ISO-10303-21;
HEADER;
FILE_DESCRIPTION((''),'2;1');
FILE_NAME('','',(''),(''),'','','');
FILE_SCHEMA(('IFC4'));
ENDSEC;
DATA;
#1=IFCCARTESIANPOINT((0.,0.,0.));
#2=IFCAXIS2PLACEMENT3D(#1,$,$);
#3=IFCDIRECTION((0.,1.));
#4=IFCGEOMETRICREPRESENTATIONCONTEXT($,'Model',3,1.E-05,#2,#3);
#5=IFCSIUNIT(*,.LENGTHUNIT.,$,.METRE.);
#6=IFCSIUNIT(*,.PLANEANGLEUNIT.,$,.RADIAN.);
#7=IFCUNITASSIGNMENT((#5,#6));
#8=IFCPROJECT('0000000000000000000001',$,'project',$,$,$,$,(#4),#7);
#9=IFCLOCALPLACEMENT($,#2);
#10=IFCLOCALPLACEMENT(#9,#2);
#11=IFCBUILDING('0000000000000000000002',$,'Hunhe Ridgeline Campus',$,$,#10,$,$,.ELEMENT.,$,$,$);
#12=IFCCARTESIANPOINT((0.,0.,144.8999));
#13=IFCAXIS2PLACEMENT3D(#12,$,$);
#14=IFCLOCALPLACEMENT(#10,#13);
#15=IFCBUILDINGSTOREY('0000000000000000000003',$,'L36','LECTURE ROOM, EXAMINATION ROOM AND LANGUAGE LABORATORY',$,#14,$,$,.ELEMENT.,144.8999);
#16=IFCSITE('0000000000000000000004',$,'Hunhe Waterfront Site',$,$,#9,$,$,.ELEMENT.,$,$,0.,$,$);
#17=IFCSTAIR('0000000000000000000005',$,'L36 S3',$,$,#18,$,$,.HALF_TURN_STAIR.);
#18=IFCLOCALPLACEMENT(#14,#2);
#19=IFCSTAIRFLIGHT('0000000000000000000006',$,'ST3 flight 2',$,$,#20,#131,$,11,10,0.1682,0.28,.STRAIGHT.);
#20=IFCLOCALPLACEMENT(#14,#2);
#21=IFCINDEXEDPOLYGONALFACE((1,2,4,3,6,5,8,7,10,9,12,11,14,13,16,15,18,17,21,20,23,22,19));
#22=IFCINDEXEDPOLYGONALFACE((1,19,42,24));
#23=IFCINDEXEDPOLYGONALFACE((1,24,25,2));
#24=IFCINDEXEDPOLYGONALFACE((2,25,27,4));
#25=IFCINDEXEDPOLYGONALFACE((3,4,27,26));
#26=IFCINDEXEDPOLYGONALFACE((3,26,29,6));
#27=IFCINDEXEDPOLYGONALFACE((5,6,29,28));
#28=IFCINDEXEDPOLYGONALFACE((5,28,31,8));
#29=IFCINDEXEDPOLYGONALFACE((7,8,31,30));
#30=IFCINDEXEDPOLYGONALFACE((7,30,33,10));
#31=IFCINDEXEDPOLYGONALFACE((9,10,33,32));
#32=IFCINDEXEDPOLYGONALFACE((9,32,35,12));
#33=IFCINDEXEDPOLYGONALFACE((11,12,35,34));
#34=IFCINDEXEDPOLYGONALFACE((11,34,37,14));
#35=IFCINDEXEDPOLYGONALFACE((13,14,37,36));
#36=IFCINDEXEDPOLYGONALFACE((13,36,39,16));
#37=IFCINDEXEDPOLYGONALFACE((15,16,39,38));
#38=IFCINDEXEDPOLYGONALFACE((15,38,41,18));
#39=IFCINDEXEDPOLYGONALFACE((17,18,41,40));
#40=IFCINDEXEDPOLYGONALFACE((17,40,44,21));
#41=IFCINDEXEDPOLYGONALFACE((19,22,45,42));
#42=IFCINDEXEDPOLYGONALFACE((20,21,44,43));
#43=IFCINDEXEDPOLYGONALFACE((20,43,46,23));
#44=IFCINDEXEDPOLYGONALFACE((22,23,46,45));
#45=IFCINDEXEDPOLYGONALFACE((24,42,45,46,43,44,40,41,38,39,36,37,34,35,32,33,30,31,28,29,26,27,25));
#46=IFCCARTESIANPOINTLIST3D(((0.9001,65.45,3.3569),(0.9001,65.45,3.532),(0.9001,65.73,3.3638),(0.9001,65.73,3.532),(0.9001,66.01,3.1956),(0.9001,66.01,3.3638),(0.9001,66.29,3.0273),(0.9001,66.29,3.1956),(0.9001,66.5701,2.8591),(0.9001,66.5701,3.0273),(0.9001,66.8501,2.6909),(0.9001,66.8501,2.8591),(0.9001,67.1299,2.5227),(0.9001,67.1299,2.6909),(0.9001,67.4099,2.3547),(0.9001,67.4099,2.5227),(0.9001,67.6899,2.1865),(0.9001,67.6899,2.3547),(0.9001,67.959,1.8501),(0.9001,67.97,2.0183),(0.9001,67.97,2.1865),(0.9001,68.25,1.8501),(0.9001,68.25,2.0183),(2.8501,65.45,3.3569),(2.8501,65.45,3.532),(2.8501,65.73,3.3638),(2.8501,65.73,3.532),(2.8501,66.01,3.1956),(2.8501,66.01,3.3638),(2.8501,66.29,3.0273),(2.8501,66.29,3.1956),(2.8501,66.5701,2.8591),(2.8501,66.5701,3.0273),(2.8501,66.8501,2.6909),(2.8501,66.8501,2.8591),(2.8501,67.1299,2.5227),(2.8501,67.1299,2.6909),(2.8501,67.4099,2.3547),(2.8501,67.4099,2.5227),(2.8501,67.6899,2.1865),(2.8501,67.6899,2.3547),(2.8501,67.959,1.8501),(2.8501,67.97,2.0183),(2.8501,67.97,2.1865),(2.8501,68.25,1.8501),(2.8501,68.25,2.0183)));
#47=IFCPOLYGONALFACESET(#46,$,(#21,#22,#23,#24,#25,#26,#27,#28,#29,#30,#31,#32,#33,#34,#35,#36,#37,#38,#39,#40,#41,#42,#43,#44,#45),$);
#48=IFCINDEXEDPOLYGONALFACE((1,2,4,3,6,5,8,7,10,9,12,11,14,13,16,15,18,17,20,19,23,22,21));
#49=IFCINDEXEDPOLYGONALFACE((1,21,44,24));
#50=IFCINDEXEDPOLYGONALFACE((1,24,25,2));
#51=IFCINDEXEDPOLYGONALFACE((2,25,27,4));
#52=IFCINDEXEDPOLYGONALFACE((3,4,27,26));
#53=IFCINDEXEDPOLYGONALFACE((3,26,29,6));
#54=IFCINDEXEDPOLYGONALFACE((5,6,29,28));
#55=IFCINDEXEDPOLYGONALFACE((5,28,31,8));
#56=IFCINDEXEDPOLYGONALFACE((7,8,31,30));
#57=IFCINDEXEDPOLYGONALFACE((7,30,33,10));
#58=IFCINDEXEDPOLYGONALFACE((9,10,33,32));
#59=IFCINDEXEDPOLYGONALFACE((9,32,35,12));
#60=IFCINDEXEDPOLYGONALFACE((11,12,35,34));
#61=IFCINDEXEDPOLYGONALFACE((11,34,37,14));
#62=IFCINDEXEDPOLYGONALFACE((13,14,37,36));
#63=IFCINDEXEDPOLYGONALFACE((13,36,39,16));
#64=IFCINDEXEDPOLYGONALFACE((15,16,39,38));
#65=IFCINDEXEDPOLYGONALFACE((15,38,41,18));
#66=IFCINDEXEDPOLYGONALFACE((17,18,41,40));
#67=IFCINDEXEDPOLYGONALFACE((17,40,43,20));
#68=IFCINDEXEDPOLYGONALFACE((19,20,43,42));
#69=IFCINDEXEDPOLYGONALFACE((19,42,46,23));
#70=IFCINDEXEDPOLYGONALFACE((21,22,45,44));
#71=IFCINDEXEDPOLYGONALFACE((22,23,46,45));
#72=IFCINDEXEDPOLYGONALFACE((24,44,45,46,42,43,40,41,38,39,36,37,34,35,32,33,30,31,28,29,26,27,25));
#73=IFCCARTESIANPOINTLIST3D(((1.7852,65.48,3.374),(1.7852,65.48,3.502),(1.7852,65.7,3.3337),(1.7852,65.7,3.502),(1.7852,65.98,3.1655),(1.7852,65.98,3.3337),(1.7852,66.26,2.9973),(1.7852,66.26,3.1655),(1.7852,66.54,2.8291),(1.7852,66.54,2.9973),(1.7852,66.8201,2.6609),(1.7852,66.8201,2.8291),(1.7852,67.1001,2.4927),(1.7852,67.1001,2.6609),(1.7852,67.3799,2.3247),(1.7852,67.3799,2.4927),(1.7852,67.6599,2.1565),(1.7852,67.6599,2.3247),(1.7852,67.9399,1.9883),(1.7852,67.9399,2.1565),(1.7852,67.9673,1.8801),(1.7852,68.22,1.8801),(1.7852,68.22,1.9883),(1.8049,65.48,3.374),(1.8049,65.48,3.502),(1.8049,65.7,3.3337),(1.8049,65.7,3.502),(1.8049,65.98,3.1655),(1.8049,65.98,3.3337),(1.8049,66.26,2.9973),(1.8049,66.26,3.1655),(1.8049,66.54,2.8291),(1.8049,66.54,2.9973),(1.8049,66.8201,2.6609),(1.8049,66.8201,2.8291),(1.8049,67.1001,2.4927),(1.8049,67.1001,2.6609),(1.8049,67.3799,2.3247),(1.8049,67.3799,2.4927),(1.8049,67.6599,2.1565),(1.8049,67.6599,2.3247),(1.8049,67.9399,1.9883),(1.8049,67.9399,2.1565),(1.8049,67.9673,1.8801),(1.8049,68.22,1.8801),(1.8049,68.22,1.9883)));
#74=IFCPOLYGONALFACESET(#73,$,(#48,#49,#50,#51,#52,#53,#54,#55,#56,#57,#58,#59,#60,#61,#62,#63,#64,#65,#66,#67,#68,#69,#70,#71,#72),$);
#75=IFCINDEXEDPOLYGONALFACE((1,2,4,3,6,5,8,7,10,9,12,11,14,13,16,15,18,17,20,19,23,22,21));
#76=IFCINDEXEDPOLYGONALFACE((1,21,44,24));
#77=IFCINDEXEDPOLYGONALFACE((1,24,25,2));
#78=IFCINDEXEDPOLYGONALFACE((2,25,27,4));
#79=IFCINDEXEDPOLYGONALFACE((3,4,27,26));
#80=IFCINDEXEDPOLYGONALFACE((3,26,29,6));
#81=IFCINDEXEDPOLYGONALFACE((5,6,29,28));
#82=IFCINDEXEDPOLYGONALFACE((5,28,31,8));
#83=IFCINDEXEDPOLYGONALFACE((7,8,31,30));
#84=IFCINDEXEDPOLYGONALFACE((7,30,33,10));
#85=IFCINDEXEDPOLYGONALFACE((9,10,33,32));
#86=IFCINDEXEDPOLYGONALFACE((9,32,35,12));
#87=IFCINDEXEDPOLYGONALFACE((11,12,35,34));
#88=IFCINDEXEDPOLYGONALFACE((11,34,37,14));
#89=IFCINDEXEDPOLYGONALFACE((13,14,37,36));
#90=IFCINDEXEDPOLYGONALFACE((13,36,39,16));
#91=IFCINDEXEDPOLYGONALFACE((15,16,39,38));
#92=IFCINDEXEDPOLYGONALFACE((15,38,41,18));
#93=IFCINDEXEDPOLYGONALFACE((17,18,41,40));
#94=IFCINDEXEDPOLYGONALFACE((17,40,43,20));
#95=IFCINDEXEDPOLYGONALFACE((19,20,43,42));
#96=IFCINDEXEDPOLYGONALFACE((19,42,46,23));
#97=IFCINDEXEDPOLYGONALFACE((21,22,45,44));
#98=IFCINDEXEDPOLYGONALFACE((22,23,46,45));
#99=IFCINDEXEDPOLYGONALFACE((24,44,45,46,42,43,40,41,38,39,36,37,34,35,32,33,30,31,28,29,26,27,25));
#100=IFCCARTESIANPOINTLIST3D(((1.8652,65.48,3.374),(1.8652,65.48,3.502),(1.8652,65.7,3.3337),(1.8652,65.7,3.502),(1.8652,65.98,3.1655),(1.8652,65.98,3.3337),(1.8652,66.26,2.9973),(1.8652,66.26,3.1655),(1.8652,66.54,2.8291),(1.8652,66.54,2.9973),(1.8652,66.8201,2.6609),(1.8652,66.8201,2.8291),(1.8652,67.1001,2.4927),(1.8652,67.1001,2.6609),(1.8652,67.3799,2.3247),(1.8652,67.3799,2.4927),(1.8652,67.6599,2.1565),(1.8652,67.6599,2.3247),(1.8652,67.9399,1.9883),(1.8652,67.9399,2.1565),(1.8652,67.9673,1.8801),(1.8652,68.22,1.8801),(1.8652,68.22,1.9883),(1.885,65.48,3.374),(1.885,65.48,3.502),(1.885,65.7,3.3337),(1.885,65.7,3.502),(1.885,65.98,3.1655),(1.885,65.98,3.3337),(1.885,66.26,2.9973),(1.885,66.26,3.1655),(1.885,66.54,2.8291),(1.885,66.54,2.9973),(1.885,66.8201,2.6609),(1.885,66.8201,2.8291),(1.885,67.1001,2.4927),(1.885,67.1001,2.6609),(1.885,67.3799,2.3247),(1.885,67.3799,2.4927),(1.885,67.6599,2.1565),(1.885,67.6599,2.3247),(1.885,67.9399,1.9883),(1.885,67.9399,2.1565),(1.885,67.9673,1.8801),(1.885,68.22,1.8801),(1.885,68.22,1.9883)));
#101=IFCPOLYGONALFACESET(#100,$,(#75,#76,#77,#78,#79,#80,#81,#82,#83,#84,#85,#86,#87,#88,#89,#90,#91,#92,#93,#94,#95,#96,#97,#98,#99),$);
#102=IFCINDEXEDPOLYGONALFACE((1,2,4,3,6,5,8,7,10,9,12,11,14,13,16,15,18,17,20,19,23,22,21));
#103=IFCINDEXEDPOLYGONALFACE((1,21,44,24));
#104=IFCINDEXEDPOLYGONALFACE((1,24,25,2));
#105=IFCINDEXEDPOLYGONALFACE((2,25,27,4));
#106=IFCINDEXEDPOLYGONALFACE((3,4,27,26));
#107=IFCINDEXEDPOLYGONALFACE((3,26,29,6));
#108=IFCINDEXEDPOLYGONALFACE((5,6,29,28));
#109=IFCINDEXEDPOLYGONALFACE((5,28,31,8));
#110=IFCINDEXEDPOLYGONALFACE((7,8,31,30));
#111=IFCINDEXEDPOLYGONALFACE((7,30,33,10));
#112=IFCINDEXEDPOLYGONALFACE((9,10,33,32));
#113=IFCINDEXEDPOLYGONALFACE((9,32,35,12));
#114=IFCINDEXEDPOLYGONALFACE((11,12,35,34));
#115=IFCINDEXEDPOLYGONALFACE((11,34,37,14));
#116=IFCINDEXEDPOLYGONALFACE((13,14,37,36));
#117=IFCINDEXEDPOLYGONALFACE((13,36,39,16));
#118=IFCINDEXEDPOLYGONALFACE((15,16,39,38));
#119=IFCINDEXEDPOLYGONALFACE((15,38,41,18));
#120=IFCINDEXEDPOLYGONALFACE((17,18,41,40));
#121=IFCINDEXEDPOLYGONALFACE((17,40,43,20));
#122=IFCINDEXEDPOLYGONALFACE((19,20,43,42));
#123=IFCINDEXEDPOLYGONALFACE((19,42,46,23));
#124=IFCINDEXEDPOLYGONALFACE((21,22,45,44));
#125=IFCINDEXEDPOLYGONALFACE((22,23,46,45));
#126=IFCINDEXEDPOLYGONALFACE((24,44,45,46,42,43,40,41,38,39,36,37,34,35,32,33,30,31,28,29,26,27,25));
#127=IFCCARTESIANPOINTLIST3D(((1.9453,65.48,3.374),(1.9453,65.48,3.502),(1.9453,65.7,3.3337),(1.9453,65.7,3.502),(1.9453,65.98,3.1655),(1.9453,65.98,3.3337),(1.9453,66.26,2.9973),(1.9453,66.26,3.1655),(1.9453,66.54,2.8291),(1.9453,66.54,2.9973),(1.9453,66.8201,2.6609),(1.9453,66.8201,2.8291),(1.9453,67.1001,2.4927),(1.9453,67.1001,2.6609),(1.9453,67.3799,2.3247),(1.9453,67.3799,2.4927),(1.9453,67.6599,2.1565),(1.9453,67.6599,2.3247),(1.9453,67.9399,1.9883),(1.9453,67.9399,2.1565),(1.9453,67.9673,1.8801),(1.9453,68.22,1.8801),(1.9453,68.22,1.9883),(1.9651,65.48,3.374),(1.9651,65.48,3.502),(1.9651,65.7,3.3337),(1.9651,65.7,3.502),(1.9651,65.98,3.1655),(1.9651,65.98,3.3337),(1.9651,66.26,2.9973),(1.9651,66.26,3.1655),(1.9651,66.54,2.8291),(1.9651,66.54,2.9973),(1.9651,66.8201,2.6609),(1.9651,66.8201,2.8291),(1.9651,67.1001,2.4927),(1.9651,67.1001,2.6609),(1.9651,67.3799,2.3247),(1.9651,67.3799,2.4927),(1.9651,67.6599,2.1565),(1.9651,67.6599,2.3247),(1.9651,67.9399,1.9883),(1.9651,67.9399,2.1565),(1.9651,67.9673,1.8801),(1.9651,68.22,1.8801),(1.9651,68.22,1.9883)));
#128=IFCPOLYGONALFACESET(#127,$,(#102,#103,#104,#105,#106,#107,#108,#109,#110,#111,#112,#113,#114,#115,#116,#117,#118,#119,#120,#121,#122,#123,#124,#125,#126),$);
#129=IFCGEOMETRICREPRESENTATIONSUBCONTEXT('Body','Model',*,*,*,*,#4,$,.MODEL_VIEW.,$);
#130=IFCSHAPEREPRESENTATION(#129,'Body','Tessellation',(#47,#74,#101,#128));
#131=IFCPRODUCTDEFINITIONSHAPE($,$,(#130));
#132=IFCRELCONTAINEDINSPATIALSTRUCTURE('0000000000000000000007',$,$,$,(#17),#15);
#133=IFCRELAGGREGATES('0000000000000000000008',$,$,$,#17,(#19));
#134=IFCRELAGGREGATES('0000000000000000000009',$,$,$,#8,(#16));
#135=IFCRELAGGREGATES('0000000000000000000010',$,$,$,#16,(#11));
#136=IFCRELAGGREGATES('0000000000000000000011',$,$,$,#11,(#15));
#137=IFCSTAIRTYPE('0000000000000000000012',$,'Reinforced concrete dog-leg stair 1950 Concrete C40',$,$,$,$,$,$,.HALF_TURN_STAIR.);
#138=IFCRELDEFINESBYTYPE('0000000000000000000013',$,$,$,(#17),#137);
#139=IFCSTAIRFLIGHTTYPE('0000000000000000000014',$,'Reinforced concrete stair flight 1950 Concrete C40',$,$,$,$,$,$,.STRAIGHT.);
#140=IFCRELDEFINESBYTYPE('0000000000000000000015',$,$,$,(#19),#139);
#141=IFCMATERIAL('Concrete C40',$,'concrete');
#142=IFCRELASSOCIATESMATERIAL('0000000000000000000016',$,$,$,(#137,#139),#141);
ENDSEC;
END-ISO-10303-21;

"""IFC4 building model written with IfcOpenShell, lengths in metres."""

from ifc_helpers import new_model, si_unit, direction, frame, origin, place, context, subcontext, project, spatial, polyline, outline, extrude, material, type_object, element, aggregate, save


model = new_model("IFC4")

# Units and contexts
model_context = context("Model", 3, precision=1e-05, world=origin(), true_north=direction((0.0, 1.0)))
body_context = subcontext(model_context, "Body", "Model", "MODEL_VIEW")
ifc_project = project(units=[si_unit("LENGTHUNIT", "METRE"), si_unit("PLANEANGLEUNIT", "RADIAN")], contexts=[model_context])

# Site, building, storey
site_placement = place(None, origin())
site = spatial("IfcSite", under=ifc_project, at=site_placement, Name="Hunhe Waterfront Site", CompositionType="ELEMENT", RefElevation=0.0)
building_placement = place(site_placement, origin())
building = spatial("IfcBuilding", under=site, at=building_placement, Name="Hunhe Ridgeline Campus", CompositionType="ELEMENT")
storey_placement = place(building_placement, frame((0.0, 0.0, 144.8999)))
storey = spatial("IfcBuildingStorey", under=building, at=storey_placement, Name="L36", Description="LECTURE ROOM, EXAMINATION ROOM AND LANGUAGE LABORATORY", CompositionType="ELEMENT", Elevation=144.8999)

# Stair, stair flight
ifc_material_1 = material(Name="Concrete C40", Category="concrete")
stair_type = type_object("IfcStairType", Name="Reinforced concrete dog-leg stair 1950 Concrete C40", PredefinedType="HALF_TURN_STAIR", material=ifc_material_1)
stair_1_placement = place(storey_placement, origin())
stair_1 = element("IfcStair", 1, at=stair_1_placement, inside=storey, type_object=stair_type, Name="L36 S3", PredefinedType="HALF_TURN_STAIR")
stair_flight_type = type_object("IfcStairFlightType", Name="Reinforced concrete stair flight 1950 Concrete C40", PredefinedType="STRAIGHT", material=ifc_material_1)
stair_flight_1_placement = place(storey_placement, frame((1.875, 68.25, 1.8501), z_axis=(0.0, 0.0, 1.0), x_axis=(0.0, -1.0, 0.0)))
stair_flight_1 = element("IfcStairFlight", 2, at=stair_flight_1_placement, type_object=stair_flight_type, Name="ST3 flight 2", NumberOfRisers=11, NumberOfTreads=10, PredefinedType="STRAIGHT", RiserHeight=0.1682, TreadLength=0.28, context=body_context, shape_type="SweptSolid", body=[
    extrude(outline(polyline([(0.0, 0.0), (0.0, 0.1682), (0.28, 0.1682), (0.28, 0.3364), (0.5601, 0.3364), (0.5601, 0.5046), (0.8401, 0.5046), (0.8401, 0.6726), (1.1201, 0.6726), (1.1201, 0.8408), (1.3999, 0.8408), (1.3999, 1.009), (1.6799, 1.009), (1.6799, 1.1772), (1.96, 1.1772), (1.96, 1.3455), (2.24, 1.3455), (2.24, 1.5137), (2.52, 1.5137), (2.52, 1.6819), (2.8, 1.6819), (2.8, 1.8501), (2.8, 1.5068), (0.291, 0.0), (0.0, 0.0)])), frame((0.0, 0.9751, 0.0), z_axis=(0.0, -1.0, 0.0), x_axis=(1.0, 0.0, 0.0)), (0.0, 0.0, 1.0), 1.95),
    extrude(outline(polyline([(0.03, 0.03), (0.03, 0.1382), (0.3101, 0.1382), (0.3101, 0.3064), (0.5901, 0.3064), (0.5901, 0.4746), (0.8701, 0.4746), (0.8701, 0.6426), (1.1499, 0.6426), (1.1499, 0.8108), (1.4299, 0.8108), (1.4299, 0.979), (1.71, 0.979), (1.71, 1.1472), (1.99, 1.1472), (1.99, 1.3154), (2.27, 1.3154), (2.27, 1.4836), (2.55, 1.4836), (2.55, 1.6519), (2.77, 1.6519), (2.77, 1.5239), (0.2827, 0.03), (0.03, 0.03)])), frame((0.0, -0.0701, 0.0), z_axis=(0.0, -1.0, 0.0), x_axis=(1.0, 0.0, 0.0)), (0.0, 0.0, 1.0), 0.0198),
    extrude(outline(polyline([(0.03, 0.03), (0.03, 0.1382), (0.3101, 0.1382), (0.3101, 0.3064), (0.5901, 0.3064), (0.5901, 0.4746), (0.8701, 0.4746), (0.8701, 0.6426), (1.1499, 0.6426), (1.1499, 0.8108), (1.4299, 0.8108), (1.4299, 0.979), (1.71, 0.979), (1.71, 1.1472), (1.99, 1.1472), (1.99, 1.3154), (2.27, 1.3154), (2.27, 1.4836), (2.55, 1.4836), (2.55, 1.6519), (2.77, 1.6519), (2.77, 1.5239), (0.2827, 0.03), (0.03, 0.03)])), frame((0.0, 0.01, 0.0), z_axis=(0.0, -1.0, 0.0), x_axis=(1.0, 0.0, 0.0)), (0.0, 0.0, 1.0), 0.0198),
    extrude(outline(polyline([(0.03, 0.03), (0.03, 0.1382), (0.3101, 0.1382), (0.3101, 0.3064), (0.5901, 0.3064), (0.5901, 0.4746), (0.8701, 0.4746), (0.8701, 0.6426), (1.1499, 0.6426), (1.1499, 0.8108), (1.4299, 0.8108), (1.4299, 0.979), (1.71, 0.979), (1.71, 1.1472), (1.99, 1.1472), (1.99, 1.3154), (2.27, 1.3154), (2.27, 1.4836), (2.55, 1.4836), (2.55, 1.6519), (2.77, 1.6519), (2.77, 1.5239), (0.2827, 0.03), (0.03, 0.03)])), frame((0.0, 0.0901, 0.0), z_axis=(0.0, -1.0, 0.0), x_axis=(1.0, 0.0, 0.0)), (0.0, 0.0, 1.0), 0.0198),
])
aggregate(stair_1, [stair_flight_1])

save(model, "model.ifc")
